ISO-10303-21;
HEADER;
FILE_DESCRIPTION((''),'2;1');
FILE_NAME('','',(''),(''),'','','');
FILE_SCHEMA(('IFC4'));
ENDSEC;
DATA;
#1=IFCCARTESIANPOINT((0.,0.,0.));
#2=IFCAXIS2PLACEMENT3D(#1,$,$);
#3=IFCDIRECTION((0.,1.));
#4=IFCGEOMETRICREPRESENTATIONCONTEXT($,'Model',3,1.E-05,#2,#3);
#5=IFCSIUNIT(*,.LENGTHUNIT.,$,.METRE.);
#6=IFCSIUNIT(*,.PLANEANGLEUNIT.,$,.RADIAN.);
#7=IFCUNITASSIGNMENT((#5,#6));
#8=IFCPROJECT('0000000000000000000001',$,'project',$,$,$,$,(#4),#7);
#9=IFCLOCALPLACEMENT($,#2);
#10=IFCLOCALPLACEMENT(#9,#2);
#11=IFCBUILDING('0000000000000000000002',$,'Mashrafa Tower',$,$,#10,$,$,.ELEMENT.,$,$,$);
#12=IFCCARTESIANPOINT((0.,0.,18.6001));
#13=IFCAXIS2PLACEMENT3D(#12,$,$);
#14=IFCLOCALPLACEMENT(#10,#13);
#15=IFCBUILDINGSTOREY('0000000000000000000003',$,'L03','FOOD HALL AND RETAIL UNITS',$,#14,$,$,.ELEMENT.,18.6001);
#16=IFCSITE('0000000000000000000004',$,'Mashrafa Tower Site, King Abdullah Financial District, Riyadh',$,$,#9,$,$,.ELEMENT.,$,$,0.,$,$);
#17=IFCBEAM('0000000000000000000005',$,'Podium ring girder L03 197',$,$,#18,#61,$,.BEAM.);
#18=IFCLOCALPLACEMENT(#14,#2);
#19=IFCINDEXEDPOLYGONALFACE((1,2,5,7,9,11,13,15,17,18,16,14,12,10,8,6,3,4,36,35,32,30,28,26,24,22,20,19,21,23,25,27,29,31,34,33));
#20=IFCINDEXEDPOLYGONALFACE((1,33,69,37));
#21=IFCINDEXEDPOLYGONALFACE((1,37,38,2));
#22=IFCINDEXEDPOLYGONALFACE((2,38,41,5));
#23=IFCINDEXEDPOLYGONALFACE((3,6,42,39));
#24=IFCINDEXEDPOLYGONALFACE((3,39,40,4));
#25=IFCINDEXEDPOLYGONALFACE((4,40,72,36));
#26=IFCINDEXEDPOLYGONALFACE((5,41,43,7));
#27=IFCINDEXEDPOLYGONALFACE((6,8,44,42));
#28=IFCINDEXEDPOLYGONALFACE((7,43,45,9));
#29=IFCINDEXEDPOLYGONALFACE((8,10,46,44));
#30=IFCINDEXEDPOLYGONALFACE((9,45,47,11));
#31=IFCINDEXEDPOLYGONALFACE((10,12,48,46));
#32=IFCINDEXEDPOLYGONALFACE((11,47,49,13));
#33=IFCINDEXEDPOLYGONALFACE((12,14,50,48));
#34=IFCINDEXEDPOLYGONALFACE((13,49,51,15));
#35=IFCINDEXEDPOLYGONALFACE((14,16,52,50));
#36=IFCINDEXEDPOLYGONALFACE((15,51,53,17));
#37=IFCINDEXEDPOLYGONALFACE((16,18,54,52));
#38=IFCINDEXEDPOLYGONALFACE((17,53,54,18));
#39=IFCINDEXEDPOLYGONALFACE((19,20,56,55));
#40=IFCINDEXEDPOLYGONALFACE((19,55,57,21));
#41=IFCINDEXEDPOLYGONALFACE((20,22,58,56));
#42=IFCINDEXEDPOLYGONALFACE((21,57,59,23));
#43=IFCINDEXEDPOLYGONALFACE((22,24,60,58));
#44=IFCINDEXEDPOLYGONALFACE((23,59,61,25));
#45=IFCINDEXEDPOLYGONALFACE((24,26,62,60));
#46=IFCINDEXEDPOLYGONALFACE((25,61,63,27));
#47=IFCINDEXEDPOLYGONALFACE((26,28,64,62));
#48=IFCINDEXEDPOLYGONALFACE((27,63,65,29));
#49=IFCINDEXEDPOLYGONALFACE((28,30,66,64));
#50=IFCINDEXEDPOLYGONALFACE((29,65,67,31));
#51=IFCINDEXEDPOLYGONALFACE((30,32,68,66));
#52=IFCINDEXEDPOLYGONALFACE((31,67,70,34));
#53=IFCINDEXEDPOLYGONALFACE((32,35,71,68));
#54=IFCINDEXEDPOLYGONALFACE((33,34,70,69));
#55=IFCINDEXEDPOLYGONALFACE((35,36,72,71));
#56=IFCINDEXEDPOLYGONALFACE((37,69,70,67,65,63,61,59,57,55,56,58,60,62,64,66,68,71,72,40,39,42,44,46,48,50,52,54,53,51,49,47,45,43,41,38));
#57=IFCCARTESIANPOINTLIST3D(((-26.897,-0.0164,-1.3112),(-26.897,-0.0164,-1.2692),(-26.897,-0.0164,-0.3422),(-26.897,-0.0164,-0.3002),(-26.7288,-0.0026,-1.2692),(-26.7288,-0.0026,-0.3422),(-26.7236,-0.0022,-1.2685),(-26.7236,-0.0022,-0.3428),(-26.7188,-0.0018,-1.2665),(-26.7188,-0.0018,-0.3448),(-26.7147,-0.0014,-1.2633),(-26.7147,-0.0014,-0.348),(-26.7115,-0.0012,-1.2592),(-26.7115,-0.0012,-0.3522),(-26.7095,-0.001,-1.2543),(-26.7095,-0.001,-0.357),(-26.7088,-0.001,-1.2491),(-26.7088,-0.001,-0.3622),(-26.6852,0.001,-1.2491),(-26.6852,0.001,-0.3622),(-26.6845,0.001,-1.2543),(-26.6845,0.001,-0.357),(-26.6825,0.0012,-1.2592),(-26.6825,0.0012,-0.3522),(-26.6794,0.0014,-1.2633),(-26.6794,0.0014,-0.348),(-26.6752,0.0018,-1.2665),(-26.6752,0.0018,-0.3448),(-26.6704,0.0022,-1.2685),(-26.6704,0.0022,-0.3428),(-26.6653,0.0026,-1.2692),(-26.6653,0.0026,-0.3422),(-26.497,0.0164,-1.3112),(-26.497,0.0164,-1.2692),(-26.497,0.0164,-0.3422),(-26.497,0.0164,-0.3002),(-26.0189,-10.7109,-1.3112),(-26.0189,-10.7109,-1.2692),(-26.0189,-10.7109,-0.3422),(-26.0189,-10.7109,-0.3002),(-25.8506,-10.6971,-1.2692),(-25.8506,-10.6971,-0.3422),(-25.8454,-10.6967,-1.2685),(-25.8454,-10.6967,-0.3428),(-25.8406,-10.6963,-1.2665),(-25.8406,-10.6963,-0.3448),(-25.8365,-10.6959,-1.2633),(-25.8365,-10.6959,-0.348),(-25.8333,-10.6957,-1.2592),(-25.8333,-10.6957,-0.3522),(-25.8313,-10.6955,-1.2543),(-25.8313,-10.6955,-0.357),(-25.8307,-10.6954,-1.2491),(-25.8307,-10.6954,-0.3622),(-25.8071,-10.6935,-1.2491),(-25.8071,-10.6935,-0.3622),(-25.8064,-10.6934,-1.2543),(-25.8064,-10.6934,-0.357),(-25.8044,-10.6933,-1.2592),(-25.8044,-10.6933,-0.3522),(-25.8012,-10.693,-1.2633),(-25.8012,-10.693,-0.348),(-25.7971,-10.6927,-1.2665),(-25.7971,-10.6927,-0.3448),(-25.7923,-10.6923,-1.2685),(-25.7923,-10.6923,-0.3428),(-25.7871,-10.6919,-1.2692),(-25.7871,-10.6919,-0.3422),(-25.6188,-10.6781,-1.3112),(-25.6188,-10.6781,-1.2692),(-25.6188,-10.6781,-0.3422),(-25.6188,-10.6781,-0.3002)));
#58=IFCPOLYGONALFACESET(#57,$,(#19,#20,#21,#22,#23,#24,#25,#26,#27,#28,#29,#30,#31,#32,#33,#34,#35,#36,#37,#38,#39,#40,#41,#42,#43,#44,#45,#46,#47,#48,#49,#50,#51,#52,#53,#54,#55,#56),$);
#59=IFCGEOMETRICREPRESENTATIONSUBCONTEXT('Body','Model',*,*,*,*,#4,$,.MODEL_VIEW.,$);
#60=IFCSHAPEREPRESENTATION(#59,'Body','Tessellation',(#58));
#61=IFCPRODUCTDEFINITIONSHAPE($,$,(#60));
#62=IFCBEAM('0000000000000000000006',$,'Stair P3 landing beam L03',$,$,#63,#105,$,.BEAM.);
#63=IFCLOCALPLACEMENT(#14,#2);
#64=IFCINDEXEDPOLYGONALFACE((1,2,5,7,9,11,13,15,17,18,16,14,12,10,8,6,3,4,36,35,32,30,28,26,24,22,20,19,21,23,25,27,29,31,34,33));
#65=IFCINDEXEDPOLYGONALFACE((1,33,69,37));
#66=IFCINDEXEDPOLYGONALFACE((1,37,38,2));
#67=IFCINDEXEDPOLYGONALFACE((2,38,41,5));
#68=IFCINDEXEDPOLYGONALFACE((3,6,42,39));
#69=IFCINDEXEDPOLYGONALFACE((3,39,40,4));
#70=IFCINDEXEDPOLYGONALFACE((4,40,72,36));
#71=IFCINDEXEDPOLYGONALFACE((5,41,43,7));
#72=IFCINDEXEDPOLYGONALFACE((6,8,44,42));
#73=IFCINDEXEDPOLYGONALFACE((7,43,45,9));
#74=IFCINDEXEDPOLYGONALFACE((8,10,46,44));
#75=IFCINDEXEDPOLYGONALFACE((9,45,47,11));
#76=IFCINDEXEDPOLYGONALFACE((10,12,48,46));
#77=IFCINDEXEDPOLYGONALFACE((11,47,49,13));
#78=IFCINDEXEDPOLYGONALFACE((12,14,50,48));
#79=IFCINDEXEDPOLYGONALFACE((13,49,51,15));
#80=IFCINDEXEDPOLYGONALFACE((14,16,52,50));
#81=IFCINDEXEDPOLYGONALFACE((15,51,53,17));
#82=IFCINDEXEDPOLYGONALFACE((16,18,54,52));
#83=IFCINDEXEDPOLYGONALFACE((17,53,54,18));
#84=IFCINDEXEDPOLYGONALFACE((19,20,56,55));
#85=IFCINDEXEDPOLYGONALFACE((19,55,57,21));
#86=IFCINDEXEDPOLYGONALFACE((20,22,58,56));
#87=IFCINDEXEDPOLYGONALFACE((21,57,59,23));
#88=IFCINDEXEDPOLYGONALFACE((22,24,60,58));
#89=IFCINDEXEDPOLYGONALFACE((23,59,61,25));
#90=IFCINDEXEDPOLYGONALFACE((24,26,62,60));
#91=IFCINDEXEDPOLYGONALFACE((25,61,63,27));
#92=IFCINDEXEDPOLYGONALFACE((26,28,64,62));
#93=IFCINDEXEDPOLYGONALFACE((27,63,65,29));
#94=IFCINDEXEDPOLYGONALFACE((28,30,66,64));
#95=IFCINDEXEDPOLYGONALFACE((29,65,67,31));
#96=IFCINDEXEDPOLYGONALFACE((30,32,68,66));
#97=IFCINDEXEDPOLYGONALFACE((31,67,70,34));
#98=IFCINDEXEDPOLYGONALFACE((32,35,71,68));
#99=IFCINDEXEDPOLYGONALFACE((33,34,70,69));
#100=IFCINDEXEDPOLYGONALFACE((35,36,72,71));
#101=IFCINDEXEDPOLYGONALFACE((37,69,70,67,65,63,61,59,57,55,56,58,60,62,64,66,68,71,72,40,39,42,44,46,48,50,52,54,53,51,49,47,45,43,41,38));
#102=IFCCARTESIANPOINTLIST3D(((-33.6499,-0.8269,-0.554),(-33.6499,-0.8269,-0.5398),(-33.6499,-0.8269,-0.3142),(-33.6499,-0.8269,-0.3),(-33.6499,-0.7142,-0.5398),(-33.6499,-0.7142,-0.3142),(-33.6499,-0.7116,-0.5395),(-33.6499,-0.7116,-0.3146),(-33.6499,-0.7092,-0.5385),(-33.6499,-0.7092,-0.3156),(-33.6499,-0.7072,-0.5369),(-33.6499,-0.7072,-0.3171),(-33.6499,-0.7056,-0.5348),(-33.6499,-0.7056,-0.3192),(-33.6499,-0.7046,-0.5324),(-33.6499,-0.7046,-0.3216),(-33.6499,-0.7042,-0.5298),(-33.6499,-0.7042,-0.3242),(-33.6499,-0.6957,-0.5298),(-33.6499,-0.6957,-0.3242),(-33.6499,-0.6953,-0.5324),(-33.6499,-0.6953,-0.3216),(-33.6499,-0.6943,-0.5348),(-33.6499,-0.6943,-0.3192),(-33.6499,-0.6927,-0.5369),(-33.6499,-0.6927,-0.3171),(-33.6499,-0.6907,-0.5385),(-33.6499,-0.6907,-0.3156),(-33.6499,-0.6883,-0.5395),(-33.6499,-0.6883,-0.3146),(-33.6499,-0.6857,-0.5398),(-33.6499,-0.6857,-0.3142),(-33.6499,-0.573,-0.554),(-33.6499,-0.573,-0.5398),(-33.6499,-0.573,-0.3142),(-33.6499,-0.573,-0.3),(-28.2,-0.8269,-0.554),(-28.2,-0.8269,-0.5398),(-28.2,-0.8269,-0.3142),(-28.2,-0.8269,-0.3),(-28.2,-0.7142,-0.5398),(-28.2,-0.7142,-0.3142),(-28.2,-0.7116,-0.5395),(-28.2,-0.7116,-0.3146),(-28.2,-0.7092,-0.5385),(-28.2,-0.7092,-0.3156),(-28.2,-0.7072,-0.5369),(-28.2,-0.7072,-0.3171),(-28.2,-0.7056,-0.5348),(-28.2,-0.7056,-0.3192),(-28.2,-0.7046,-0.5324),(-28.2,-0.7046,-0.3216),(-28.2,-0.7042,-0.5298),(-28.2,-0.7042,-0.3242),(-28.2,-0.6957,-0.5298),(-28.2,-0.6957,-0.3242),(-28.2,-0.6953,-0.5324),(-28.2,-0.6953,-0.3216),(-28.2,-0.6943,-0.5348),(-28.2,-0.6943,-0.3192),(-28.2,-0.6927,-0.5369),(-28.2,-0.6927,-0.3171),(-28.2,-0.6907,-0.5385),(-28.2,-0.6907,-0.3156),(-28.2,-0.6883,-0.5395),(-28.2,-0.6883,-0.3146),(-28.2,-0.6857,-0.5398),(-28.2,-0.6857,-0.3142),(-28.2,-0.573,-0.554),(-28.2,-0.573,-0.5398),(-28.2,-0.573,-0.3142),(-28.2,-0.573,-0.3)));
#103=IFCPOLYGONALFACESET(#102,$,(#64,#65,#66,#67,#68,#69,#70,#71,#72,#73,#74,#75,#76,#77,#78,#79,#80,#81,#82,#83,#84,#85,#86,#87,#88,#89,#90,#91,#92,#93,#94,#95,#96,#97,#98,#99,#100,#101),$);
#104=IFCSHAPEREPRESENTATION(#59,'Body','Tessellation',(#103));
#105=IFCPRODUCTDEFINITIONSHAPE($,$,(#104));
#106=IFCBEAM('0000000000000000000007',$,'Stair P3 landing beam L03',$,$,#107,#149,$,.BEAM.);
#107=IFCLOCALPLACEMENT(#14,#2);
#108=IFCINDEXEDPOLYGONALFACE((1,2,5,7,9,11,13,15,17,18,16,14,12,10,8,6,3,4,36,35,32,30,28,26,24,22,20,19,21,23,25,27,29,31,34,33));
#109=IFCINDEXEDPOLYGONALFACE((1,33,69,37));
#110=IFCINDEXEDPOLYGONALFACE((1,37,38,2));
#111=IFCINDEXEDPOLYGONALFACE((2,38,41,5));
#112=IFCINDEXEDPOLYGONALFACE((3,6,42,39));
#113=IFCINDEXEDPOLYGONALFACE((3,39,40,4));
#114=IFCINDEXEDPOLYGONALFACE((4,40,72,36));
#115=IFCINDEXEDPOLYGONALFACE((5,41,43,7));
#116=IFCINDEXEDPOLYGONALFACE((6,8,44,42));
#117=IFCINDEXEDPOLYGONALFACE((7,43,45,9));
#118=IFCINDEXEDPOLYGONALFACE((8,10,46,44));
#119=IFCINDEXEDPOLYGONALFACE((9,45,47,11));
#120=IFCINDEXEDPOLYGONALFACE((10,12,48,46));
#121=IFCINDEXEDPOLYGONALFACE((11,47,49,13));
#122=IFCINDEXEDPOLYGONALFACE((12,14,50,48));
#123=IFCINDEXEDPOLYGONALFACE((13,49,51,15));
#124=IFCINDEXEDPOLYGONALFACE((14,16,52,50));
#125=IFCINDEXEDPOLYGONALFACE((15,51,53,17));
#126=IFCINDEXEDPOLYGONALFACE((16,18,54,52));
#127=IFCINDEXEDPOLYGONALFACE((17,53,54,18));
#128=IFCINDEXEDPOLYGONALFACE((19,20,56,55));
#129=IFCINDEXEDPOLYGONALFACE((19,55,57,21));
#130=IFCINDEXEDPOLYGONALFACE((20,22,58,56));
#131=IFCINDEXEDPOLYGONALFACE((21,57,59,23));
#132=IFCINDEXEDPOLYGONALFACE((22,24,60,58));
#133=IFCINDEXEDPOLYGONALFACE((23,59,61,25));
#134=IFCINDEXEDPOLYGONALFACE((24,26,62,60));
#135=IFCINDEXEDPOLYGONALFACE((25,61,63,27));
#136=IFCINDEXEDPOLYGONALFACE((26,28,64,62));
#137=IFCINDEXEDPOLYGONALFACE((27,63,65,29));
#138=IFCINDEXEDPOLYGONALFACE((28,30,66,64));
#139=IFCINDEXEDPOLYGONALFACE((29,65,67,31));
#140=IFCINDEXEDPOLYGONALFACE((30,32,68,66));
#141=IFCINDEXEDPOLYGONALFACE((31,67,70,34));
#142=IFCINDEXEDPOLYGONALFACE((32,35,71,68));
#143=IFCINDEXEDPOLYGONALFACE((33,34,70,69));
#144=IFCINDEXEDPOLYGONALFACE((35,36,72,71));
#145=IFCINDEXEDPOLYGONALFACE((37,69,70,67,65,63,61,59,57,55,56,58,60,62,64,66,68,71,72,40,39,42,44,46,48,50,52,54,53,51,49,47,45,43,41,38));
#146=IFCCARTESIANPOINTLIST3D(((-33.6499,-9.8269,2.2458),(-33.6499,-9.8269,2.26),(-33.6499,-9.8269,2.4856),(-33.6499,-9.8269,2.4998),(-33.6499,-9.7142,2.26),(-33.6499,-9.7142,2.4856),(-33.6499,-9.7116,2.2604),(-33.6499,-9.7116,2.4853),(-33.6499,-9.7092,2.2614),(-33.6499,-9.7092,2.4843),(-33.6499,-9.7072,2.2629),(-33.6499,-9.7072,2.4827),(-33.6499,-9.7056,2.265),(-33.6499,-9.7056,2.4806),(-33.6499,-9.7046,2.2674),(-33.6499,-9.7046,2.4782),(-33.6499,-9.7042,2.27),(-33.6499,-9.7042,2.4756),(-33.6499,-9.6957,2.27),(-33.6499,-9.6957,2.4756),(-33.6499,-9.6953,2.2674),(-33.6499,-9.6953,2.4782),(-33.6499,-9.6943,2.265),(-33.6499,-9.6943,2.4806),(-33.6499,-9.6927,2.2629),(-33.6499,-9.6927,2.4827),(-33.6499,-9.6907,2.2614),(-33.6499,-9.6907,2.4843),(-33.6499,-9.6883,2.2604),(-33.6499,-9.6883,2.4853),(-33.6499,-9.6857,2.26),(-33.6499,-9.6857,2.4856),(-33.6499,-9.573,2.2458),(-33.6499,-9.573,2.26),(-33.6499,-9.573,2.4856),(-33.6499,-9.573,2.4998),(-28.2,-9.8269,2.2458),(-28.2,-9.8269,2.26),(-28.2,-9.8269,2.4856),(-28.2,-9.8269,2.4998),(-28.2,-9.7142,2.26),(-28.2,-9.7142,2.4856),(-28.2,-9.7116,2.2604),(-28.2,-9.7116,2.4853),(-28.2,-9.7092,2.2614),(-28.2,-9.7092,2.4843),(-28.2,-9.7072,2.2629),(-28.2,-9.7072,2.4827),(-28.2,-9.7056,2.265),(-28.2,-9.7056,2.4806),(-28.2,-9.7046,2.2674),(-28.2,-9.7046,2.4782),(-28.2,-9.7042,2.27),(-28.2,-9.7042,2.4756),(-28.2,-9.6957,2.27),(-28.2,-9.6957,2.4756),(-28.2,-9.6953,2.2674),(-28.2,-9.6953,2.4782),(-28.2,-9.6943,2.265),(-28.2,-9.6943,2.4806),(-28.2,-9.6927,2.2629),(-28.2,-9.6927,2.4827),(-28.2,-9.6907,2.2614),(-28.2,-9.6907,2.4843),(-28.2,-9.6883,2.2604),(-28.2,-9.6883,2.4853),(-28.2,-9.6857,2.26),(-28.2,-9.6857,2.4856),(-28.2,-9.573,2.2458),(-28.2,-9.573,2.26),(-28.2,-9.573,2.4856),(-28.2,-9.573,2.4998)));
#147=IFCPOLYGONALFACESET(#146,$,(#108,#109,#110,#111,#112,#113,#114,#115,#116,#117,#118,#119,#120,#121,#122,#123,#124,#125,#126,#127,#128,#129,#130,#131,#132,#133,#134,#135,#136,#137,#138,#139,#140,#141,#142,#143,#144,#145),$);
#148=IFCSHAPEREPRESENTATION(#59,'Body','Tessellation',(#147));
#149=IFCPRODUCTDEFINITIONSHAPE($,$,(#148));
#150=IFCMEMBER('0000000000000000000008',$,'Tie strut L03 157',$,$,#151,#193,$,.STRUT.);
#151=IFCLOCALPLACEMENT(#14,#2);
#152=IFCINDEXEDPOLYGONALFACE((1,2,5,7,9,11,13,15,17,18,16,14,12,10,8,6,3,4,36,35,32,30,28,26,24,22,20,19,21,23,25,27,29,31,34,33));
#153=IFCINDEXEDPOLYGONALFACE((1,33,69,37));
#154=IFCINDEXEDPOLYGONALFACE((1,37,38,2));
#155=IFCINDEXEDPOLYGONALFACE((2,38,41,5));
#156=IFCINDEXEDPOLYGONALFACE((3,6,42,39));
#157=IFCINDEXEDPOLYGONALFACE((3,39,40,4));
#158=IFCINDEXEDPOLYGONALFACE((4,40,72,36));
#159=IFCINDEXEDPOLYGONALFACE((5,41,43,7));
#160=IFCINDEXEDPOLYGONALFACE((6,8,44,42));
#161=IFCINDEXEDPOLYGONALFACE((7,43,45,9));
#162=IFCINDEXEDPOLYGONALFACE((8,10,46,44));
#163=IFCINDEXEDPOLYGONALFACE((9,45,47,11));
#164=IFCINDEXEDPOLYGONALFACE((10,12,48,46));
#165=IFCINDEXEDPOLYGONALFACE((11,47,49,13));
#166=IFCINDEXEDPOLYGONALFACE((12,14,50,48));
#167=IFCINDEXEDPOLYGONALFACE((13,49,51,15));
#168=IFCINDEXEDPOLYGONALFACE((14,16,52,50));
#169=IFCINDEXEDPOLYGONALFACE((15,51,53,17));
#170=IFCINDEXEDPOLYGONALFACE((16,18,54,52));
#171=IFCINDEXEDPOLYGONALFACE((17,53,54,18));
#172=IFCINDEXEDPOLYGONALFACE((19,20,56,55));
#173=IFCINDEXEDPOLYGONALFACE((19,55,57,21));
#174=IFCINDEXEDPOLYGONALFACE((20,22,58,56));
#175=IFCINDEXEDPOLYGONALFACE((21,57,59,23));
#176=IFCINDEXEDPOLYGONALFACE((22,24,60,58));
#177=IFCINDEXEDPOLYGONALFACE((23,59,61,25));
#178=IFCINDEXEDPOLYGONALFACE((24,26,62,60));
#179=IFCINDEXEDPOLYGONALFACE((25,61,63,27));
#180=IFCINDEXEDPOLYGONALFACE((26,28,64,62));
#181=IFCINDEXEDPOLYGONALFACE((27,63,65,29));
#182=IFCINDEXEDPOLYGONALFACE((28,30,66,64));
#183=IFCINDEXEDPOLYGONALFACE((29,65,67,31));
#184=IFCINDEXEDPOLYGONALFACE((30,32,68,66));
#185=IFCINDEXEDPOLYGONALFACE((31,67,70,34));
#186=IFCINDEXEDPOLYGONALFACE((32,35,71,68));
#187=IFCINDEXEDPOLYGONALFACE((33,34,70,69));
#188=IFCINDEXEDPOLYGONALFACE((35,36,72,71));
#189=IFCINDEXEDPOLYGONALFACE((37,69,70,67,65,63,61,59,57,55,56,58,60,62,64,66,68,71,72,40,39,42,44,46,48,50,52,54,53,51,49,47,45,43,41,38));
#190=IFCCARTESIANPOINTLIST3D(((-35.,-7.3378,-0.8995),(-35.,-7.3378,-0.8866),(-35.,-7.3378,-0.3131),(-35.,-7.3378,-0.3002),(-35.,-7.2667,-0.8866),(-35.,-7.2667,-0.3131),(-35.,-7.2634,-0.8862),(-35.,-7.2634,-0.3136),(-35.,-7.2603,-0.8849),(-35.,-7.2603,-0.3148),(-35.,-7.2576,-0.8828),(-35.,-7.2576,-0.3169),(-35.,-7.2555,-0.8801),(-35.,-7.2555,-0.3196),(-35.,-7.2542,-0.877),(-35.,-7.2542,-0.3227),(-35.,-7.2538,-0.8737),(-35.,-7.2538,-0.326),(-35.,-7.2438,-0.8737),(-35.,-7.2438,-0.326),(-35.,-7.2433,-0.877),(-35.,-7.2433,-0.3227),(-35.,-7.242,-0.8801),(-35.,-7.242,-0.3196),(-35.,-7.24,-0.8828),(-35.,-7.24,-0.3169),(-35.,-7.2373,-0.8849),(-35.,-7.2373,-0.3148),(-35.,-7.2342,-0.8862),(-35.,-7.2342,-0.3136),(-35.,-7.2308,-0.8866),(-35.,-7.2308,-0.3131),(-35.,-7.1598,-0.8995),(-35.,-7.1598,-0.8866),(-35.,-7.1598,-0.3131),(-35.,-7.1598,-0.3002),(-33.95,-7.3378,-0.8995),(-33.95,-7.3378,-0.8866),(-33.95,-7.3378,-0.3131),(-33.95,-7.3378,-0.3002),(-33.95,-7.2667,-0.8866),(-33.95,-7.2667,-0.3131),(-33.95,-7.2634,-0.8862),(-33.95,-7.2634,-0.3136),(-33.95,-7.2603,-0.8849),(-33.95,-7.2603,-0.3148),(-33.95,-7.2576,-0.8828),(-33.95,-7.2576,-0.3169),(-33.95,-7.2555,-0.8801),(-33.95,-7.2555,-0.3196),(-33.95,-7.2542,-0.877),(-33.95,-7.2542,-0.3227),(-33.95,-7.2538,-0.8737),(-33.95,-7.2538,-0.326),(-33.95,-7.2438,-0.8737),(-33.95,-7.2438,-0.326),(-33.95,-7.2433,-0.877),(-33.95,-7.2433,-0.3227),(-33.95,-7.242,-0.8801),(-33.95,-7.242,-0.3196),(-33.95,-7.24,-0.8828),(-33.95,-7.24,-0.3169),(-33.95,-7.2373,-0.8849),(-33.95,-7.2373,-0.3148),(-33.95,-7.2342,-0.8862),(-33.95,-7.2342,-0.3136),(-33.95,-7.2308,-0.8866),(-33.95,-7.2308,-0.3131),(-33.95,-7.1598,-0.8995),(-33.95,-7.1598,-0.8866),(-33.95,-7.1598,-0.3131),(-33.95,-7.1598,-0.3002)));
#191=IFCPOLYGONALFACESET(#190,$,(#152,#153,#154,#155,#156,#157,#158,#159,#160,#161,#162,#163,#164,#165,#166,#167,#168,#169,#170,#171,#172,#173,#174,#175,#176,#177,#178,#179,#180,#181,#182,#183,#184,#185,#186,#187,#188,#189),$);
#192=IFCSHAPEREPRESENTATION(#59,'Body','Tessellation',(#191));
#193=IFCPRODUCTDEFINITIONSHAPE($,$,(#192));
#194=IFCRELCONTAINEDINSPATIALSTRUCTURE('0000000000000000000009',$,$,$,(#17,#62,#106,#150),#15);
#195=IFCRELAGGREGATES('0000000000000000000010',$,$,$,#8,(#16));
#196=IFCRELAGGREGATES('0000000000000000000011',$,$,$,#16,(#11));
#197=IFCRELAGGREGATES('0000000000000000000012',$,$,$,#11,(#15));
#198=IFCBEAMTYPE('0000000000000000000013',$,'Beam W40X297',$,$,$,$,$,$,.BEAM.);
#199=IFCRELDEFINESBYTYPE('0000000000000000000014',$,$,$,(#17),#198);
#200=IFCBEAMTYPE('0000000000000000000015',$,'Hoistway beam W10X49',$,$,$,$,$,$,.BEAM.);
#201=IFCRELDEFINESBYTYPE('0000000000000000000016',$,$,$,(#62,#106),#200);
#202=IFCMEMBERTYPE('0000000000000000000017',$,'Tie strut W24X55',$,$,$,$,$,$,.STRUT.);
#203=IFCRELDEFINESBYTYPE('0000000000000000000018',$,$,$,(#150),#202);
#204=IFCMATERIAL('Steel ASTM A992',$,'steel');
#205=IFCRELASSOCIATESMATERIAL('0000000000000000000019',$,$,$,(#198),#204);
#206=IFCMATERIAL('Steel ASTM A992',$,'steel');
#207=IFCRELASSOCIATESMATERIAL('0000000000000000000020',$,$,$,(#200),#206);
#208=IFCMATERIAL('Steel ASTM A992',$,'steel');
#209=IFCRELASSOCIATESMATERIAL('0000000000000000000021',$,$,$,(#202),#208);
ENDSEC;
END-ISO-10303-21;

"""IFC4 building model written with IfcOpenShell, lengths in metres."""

from ifc_helpers import new_model, si_unit, direction, frame, origin, origin_2d, place, context, subcontext, project, spatial, i_section, extrude, source, transform, mapped, material, material_profile, profile_set, type_object, type_shapes, element, save


model = new_model("IFC4")

# Units and contexts
model_context = context("Model", 3, precision=1e-05, world=origin(), true_north=direction((0.0, 1.0)))
body_context = subcontext(model_context, "Body", "Model", "MODEL_VIEW")
ifc_project = project(units=[si_unit("LENGTHUNIT", "METRE"), si_unit("PLANEANGLEUNIT", "RADIAN")], contexts=[model_context])

# Site, building, storey
site_placement = place(None, origin())
site = spatial("IfcSite", under=ifc_project, at=site_placement, Name="Mashrafa Tower Site, King Abdullah Financial District, Riyadh", CompositionType="ELEMENT", RefElevation=0.0)
building_placement = place(site_placement, origin())
building = spatial("IfcBuilding", under=site, at=building_placement, Name="Mashrafa Tower", CompositionType="ELEMENT")
storey_placement = place(building_placement, frame((0.0, 0.0, 18.6001)))
storey = spatial("IfcBuildingStorey", under=building, at=storey_placement, Name="L03", Description="FOOD HALL AND RETAIL UNITS", CompositionType="ELEMENT", Elevation=18.6001)

# Beams
ifc_material_1 = material(Name="Steel ASTM A992", Category="steel")
ifc_material_profile_1 = material_profile(ifc_material_1, i_section(OverallWidth=0.4014, OverallDepth=1.011, WebThickness=0.0237, FlangeThickness=0.042, FilletRadius=0.02, at=origin_2d()), Name="W40X297")
ifc_profile_set_1 = profile_set([ifc_material_profile_1], Name="Steel ASTM A992")
beam_type_1 = type_object("IfcBeamType", Name="Beam W40X297", PredefinedType="BEAM", material=ifc_profile_set_1)
beam_1_placement = place(storey_placement, frame((-26.697, 0.0, -0.8057), z_axis=(0.081838, -0.996646, 0.0), x_axis=(0.996646, 0.081838, 0.0)))
element("IfcBeam", 1, at=beam_1_placement, inside=storey, type_object=beam_type_1, Name="Podium ring girder L03 197", PredefinedType="BEAM", context=body_context, shape_type="SweptSolid", body=[
    extrude(i_section(OverallWidth=0.4014, OverallDepth=1.011, WebThickness=0.0237, FlangeThickness=0.042, FilletRadius=0.02, at=origin_2d()), origin(), (0.0, 0.0, 1.0), 10.7305),
])
ifc_material_2 = material(Name="Steel ASTM A992", Category="steel")
ifc_material_profile_2 = material_profile(ifc_material_2, i_section(OverallWidth=0.2539, OverallDepth=0.2539, WebThickness=0.0085, FlangeThickness=0.0142, FilletRadius=0.01, at=origin_2d()), Name="W10X49")
ifc_profile_set_2 = profile_set([ifc_material_profile_2], Name="Steel ASTM A992")
beam_type_2 = type_object("IfcBeamType", Name="Hoistway beam W10X49", PredefinedType="BEAM", material=ifc_profile_set_2)
for number, where, z_axis, x_axis, name in (
    (2, (-33.6499, -0.7, -0.427), (1.0, 0.0, 0.0), (0.0, 1.0, 0.0), "Stair P3 landing beam L03"),
    (3, (-33.6499, -9.7, 2.3728), (1.0, 0.0, 0.0), (0.0, 1.0, 0.0), "Stair P3 landing beam L03"),
):
    element("IfcBeam", number, at=place(storey_placement, frame(where, z_axis=z_axis, x_axis=x_axis)), inside=storey, type_object=beam_type_2, Name=name, PredefinedType="BEAM", context=body_context, shape_type="SweptSolid", body=[
        extrude(i_section(OverallWidth=0.2539, OverallDepth=0.2539, WebThickness=0.0085, FlangeThickness=0.0142, FilletRadius=0.01, at=origin_2d()), origin(), (0.0, 0.0, 1.0), 5.45),
    ])

# Member
ifc_material_3 = material(Name="Steel ASTM A992", Category="steel")
ifc_material_profile_3 = material_profile(ifc_material_3, i_section(OverallWidth=0.178, OverallDepth=0.5994, WebThickness=0.01, FlangeThickness=0.0129, FilletRadius=0.0129, at=origin_2d()), Name="W24X55")
ifc_profile_set_3 = profile_set([ifc_material_profile_3], Name="Steel ASTM A992")
member_type_1 = type_object("IfcMemberType", Name="Tie strut W24X55", PredefinedType="STRUT", material=ifc_profile_set_3)
shared_shape_1 = source(origin(), body_context, "Body", "SweptSolid", [
    extrude(i_section(OverallWidth=0.178, OverallDepth=0.5994, WebThickness=0.01, FlangeThickness=0.0129, FilletRadius=0.0129, at=origin_2d()), origin(), (0.0, 0.0, 1.0), 1.05),
])
type_shapes(member_type_1, [shared_shape_1])
member_1_placement = place(storey_placement, frame((-33.95, -7.2488, -0.5999), z_axis=(-1.0, 0.0, 0.0), x_axis=(0.0, -1.0, 0.0)))
element("IfcMember", 4, at=member_1_placement, inside=storey, type_object=member_type_1, Name="Tie strut L03 157", PredefinedType="STRUT", context=body_context, shape_type="MappedRepresentation", body=[
    mapped(shared_shape_1, transform((0.0, 0.0, 0.0))),
])

save(model, "model.ifc")
